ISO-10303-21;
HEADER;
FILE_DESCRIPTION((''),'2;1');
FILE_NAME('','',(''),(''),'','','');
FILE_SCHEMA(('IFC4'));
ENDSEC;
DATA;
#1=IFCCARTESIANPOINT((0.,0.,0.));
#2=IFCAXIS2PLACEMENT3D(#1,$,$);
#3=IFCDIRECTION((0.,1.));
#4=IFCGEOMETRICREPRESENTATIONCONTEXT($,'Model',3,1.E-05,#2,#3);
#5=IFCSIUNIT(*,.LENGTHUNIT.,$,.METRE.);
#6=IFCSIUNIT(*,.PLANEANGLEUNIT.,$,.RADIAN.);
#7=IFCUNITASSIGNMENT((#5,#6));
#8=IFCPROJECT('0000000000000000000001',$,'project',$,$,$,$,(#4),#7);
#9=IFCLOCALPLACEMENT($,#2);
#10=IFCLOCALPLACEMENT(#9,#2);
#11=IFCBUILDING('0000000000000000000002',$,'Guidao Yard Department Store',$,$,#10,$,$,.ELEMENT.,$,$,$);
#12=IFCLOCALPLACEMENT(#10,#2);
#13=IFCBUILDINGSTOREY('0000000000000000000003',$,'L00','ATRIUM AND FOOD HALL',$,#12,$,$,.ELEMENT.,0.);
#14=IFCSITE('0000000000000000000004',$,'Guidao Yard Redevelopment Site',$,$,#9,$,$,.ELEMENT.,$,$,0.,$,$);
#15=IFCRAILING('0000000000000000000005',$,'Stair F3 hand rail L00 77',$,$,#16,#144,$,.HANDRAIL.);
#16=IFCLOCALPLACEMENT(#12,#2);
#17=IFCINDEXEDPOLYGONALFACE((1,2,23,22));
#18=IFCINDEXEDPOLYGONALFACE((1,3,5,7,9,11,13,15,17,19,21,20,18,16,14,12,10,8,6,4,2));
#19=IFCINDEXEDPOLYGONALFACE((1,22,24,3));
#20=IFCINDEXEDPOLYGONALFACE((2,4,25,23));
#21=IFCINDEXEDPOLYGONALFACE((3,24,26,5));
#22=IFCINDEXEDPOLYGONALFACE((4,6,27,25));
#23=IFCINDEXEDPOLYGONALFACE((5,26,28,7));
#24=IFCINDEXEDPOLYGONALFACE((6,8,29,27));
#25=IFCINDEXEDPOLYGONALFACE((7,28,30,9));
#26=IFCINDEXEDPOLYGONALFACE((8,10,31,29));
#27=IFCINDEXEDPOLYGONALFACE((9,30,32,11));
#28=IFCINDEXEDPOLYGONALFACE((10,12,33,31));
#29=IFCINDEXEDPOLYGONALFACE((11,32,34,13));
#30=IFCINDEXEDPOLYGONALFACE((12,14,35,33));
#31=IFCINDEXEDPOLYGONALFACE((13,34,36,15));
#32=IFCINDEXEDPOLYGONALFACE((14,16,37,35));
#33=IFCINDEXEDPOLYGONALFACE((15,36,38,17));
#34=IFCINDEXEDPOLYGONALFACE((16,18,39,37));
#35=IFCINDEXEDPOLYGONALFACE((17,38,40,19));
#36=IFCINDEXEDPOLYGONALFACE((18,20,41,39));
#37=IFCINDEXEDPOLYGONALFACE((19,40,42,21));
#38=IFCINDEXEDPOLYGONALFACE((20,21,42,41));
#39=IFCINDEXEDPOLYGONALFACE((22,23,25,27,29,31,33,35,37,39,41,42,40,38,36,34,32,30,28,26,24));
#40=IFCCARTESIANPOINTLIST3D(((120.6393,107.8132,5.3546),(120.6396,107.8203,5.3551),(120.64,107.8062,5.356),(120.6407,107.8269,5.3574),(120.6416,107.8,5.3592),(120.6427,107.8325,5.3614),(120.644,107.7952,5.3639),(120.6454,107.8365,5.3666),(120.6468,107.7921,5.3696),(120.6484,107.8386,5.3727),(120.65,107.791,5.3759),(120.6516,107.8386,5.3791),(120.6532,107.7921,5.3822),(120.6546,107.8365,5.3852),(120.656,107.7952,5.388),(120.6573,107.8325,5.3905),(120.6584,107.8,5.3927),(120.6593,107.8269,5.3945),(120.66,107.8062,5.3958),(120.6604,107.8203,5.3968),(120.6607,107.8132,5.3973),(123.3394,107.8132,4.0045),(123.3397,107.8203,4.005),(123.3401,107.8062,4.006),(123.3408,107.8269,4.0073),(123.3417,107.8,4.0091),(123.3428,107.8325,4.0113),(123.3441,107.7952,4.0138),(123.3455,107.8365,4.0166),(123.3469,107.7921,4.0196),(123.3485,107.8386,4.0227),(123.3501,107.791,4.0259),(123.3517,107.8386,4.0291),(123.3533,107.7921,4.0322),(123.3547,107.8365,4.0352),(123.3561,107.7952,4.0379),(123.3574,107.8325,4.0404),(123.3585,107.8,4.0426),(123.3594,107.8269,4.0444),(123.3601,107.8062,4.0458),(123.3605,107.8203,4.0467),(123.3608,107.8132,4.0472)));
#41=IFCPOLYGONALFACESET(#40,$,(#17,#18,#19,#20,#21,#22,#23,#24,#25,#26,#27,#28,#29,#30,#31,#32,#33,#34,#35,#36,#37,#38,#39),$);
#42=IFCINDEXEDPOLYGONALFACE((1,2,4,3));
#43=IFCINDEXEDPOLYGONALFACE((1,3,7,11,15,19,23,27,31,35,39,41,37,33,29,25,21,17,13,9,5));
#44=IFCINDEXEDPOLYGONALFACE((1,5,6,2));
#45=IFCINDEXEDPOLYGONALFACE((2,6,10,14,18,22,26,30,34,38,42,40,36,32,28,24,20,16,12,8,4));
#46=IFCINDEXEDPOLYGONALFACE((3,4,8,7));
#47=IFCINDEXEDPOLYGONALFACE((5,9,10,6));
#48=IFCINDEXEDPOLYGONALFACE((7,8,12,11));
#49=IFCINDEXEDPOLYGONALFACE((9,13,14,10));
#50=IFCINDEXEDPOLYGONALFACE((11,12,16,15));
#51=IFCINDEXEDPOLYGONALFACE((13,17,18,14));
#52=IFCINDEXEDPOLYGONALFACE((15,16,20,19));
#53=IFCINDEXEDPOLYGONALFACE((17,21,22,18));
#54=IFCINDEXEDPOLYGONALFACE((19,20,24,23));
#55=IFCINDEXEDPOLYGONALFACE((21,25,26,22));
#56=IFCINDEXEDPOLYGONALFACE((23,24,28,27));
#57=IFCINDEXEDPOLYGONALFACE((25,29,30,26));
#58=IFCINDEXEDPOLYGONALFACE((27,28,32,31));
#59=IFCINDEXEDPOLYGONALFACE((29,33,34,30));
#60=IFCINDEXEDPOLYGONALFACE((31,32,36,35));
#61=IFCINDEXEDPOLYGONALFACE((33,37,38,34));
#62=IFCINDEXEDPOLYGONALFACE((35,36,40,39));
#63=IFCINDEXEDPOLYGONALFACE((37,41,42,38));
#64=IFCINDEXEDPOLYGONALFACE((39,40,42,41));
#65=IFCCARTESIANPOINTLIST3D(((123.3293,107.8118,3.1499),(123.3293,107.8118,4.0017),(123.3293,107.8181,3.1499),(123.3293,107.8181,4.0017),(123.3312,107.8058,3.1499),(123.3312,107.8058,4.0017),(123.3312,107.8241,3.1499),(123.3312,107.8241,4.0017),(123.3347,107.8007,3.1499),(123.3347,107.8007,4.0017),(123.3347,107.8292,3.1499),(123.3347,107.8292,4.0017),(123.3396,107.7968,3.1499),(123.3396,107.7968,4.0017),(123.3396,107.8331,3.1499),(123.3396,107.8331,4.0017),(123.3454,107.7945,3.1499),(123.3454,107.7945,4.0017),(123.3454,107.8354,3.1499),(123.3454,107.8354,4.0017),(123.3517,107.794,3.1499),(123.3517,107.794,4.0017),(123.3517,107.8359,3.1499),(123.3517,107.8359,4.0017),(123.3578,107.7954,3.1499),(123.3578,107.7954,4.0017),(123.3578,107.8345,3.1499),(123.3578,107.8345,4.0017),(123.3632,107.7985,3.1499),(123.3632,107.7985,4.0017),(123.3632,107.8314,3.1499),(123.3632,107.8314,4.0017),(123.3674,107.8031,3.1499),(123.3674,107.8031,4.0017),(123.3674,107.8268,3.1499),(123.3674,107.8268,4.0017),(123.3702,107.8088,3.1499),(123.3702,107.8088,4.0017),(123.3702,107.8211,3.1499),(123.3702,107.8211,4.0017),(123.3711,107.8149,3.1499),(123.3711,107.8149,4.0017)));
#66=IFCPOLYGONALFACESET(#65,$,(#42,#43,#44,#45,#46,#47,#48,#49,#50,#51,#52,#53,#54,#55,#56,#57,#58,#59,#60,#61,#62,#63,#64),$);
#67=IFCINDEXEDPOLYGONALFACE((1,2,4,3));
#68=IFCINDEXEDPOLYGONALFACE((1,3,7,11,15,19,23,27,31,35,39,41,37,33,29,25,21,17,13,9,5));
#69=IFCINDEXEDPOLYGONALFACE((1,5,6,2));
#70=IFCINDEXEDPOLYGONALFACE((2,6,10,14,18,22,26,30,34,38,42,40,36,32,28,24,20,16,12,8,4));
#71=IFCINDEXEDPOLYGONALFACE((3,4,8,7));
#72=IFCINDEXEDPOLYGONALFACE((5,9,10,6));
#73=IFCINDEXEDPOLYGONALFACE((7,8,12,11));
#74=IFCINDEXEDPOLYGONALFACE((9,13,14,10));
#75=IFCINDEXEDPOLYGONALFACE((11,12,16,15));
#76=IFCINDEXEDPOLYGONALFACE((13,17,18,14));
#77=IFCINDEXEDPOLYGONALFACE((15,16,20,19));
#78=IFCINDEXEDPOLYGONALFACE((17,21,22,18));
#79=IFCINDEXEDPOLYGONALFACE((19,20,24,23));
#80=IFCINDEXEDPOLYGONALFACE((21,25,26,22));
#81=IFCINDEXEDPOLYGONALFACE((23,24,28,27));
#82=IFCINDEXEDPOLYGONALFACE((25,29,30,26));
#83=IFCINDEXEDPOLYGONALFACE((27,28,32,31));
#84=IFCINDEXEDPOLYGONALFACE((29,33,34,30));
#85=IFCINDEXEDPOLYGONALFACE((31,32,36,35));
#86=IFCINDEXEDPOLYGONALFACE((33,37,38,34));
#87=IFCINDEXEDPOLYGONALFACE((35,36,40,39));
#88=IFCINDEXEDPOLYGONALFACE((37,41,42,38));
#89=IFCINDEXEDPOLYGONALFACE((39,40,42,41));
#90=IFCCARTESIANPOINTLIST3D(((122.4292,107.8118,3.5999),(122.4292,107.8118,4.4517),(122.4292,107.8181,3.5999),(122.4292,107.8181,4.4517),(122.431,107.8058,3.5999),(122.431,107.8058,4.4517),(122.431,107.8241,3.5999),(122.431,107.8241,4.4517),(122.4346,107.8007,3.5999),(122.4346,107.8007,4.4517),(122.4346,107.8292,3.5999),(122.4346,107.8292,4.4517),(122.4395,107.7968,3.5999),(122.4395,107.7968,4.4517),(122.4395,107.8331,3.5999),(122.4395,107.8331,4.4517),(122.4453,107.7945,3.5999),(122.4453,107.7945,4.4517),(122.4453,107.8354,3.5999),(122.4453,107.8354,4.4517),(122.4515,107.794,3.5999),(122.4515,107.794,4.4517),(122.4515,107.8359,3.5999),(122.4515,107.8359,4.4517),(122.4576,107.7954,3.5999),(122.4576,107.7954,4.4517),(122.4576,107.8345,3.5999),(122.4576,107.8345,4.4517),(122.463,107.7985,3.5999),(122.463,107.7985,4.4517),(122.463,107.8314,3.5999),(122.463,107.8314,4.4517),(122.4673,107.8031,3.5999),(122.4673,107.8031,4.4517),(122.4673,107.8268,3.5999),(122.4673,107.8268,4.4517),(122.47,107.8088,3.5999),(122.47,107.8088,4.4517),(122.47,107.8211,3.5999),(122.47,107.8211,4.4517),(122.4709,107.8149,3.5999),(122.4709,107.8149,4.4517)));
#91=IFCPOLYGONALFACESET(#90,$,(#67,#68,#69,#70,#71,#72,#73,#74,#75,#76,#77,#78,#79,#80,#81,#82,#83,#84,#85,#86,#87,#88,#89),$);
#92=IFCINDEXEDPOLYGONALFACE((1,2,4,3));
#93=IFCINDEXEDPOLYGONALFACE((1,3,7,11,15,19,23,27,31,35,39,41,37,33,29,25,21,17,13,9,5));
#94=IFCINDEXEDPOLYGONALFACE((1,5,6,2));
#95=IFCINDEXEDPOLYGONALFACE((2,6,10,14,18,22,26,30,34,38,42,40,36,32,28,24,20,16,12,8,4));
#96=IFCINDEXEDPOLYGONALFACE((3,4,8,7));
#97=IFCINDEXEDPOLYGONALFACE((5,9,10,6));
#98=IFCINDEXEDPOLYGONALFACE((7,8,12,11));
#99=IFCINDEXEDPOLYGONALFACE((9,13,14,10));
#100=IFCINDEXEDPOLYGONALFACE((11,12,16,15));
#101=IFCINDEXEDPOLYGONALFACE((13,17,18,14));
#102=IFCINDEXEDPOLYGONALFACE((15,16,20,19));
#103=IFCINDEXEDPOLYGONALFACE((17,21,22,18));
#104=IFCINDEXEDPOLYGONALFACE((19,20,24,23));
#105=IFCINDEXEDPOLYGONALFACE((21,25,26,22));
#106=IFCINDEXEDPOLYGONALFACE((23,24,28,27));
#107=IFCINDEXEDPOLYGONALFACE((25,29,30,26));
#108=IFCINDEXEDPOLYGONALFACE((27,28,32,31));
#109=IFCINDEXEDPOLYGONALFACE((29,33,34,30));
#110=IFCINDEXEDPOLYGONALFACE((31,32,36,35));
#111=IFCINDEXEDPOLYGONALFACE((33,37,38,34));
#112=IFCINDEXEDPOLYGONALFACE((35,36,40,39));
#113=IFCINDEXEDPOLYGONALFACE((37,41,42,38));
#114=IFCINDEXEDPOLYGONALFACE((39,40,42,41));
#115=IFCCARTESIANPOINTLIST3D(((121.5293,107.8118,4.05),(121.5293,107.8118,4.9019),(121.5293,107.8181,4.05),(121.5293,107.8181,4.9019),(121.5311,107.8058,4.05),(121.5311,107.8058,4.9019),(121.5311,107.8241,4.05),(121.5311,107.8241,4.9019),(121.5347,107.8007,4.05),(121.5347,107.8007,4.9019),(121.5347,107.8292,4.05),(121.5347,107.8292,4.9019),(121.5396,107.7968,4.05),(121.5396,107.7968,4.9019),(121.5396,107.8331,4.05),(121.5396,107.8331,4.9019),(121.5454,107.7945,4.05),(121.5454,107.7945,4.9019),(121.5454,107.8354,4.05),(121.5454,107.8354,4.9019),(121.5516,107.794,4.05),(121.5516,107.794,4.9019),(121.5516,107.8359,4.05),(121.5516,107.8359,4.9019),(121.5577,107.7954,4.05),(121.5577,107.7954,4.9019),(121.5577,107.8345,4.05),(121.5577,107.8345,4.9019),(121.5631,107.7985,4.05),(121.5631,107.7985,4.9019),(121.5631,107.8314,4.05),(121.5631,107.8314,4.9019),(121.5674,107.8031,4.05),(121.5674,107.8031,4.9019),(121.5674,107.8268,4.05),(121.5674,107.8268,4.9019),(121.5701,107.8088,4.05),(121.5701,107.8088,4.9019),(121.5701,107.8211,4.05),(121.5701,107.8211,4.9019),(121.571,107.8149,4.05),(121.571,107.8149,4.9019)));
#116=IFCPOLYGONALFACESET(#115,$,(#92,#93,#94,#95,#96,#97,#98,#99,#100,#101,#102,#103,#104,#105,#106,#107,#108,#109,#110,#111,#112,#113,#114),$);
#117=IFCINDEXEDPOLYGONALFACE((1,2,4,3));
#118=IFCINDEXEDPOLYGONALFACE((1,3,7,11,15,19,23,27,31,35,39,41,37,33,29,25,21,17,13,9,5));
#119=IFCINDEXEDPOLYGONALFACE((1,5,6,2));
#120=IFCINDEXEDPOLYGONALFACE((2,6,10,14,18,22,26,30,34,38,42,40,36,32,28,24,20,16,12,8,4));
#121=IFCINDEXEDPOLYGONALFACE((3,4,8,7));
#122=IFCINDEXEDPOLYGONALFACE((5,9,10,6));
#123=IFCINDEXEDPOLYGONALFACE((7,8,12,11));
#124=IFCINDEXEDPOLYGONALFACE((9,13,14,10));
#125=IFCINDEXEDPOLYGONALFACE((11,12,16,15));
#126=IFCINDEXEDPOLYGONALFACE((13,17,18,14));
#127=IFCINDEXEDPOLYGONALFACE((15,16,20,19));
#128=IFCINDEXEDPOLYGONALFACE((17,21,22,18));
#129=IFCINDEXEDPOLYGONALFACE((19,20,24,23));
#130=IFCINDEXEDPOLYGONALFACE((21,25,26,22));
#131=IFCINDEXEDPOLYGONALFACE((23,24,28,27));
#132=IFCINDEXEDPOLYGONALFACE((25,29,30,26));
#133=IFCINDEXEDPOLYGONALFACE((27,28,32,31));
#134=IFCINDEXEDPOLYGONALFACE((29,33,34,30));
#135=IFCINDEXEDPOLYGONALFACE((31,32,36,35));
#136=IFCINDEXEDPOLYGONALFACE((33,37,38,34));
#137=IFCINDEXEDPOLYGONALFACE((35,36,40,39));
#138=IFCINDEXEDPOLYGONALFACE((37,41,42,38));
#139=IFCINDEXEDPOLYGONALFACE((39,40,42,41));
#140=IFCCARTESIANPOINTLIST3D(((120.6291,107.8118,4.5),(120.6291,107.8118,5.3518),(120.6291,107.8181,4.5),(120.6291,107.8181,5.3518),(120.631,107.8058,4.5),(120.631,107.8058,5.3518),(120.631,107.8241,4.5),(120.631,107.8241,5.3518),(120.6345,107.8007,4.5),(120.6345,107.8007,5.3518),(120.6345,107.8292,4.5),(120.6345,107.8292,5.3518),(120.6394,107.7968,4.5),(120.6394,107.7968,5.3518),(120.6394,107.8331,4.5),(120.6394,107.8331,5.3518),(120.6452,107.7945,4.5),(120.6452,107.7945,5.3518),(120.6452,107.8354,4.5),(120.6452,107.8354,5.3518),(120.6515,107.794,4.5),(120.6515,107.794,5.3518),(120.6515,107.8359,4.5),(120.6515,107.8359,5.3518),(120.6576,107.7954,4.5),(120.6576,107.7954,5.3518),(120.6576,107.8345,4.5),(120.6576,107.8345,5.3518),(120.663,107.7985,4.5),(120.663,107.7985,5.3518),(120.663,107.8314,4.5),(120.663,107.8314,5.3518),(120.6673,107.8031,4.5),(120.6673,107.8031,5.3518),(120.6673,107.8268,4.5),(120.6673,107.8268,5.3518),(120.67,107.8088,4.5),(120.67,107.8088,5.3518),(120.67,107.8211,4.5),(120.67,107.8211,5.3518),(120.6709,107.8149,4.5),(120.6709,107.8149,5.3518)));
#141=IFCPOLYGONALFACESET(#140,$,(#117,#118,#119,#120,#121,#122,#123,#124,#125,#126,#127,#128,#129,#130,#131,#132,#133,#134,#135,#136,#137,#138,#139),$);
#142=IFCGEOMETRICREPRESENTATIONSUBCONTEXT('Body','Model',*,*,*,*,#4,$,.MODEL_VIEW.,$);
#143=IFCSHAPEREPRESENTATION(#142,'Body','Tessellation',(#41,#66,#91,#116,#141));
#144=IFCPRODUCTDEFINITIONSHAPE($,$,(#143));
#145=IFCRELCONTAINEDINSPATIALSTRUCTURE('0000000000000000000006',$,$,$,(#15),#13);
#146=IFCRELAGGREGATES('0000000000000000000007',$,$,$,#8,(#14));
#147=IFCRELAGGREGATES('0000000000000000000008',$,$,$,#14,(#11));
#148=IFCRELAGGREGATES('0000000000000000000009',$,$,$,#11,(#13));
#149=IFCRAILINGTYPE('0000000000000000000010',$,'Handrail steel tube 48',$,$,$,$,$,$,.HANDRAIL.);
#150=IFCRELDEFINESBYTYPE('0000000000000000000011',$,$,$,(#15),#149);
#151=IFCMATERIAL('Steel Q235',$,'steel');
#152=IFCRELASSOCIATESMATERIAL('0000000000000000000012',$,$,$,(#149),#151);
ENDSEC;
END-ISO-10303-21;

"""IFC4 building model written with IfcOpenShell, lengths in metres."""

from ifc_helpers import new_model, si_unit, direction, frame, origin, origin_2d, place, context, subcontext, project, spatial, circle, extrude, material, type_object, element, save


model = new_model("IFC4")

# Units and contexts
model_context = context("Model", 3, precision=1e-05, world=origin(), true_north=direction((0.0, 1.0)))
body_context = subcontext(model_context, "Body", "Model", "MODEL_VIEW")
ifc_project = project(units=[si_unit("LENGTHUNIT", "METRE"), si_unit("PLANEANGLEUNIT", "RADIAN")], contexts=[model_context])

# Site, building, storey
site_placement = place(None, origin())
site = spatial("IfcSite", under=ifc_project, at=site_placement, Name="Guidao Yard Redevelopment Site", CompositionType="ELEMENT", RefElevation=0.0)
building_placement = place(site_placement, origin())
building = spatial("IfcBuilding", under=site, at=building_placement, Name="Guidao Yard Department Store", CompositionType="ELEMENT")
storey_placement = place(building_placement, origin())
storey = spatial("IfcBuildingStorey", under=building, at=storey_placement, Name="L00", Description="ATRIUM AND FOOD HALL", CompositionType="ELEMENT", Elevation=0.0)

# Railing
ifc_material_1 = material(Name="Steel Q235", Category="steel")
railing_type = type_object("IfcRailingType", Name="Handrail steel tube 48", PredefinedType="HANDRAIL", material=ifc_material_1)
for number, where, name in (
    (1, (123.3501, 107.8149, 3.1499), "Stair F3 hand rail L00 77"),
):
    element("IfcRailing", number, at=place(storey_placement, frame(where)), inside=storey, type_object=railing_type, Name=name, PredefinedType="HANDRAIL", context=body_context, shape_type="SweptSolid", body=[
        extrude(circle(Radius=0.0239, at=origin_2d()), frame((0.0, 0.0, 0.876), z_axis=(-0.894427, 0.0, 0.447214), x_axis=(0.0, -1.0, 0.0)), (0.0, 0.0, 1.0), 3.0188),
        extrude(circle(Radius=0.021, at=origin_2d()), origin(), (0.0, 0.0, 1.0), 0.8518),
        extrude(circle(Radius=0.021, at=origin_2d()), frame((-0.9001, 0.0, 0.45)), (0.0, 0.0, 1.0), 0.8518),
        extrude(circle(Radius=0.021, at=origin_2d()), frame((-1.8, 0.0, 0.9001)), (0.0, 0.0, 1.0), 0.8518),
        extrude(circle(Radius=0.021, at=origin_2d()), frame((-2.7002, 0.0, 1.3501)), (0.0, 0.0, 1.0), 0.8518),
    ])

save(model, "model.ifc")
